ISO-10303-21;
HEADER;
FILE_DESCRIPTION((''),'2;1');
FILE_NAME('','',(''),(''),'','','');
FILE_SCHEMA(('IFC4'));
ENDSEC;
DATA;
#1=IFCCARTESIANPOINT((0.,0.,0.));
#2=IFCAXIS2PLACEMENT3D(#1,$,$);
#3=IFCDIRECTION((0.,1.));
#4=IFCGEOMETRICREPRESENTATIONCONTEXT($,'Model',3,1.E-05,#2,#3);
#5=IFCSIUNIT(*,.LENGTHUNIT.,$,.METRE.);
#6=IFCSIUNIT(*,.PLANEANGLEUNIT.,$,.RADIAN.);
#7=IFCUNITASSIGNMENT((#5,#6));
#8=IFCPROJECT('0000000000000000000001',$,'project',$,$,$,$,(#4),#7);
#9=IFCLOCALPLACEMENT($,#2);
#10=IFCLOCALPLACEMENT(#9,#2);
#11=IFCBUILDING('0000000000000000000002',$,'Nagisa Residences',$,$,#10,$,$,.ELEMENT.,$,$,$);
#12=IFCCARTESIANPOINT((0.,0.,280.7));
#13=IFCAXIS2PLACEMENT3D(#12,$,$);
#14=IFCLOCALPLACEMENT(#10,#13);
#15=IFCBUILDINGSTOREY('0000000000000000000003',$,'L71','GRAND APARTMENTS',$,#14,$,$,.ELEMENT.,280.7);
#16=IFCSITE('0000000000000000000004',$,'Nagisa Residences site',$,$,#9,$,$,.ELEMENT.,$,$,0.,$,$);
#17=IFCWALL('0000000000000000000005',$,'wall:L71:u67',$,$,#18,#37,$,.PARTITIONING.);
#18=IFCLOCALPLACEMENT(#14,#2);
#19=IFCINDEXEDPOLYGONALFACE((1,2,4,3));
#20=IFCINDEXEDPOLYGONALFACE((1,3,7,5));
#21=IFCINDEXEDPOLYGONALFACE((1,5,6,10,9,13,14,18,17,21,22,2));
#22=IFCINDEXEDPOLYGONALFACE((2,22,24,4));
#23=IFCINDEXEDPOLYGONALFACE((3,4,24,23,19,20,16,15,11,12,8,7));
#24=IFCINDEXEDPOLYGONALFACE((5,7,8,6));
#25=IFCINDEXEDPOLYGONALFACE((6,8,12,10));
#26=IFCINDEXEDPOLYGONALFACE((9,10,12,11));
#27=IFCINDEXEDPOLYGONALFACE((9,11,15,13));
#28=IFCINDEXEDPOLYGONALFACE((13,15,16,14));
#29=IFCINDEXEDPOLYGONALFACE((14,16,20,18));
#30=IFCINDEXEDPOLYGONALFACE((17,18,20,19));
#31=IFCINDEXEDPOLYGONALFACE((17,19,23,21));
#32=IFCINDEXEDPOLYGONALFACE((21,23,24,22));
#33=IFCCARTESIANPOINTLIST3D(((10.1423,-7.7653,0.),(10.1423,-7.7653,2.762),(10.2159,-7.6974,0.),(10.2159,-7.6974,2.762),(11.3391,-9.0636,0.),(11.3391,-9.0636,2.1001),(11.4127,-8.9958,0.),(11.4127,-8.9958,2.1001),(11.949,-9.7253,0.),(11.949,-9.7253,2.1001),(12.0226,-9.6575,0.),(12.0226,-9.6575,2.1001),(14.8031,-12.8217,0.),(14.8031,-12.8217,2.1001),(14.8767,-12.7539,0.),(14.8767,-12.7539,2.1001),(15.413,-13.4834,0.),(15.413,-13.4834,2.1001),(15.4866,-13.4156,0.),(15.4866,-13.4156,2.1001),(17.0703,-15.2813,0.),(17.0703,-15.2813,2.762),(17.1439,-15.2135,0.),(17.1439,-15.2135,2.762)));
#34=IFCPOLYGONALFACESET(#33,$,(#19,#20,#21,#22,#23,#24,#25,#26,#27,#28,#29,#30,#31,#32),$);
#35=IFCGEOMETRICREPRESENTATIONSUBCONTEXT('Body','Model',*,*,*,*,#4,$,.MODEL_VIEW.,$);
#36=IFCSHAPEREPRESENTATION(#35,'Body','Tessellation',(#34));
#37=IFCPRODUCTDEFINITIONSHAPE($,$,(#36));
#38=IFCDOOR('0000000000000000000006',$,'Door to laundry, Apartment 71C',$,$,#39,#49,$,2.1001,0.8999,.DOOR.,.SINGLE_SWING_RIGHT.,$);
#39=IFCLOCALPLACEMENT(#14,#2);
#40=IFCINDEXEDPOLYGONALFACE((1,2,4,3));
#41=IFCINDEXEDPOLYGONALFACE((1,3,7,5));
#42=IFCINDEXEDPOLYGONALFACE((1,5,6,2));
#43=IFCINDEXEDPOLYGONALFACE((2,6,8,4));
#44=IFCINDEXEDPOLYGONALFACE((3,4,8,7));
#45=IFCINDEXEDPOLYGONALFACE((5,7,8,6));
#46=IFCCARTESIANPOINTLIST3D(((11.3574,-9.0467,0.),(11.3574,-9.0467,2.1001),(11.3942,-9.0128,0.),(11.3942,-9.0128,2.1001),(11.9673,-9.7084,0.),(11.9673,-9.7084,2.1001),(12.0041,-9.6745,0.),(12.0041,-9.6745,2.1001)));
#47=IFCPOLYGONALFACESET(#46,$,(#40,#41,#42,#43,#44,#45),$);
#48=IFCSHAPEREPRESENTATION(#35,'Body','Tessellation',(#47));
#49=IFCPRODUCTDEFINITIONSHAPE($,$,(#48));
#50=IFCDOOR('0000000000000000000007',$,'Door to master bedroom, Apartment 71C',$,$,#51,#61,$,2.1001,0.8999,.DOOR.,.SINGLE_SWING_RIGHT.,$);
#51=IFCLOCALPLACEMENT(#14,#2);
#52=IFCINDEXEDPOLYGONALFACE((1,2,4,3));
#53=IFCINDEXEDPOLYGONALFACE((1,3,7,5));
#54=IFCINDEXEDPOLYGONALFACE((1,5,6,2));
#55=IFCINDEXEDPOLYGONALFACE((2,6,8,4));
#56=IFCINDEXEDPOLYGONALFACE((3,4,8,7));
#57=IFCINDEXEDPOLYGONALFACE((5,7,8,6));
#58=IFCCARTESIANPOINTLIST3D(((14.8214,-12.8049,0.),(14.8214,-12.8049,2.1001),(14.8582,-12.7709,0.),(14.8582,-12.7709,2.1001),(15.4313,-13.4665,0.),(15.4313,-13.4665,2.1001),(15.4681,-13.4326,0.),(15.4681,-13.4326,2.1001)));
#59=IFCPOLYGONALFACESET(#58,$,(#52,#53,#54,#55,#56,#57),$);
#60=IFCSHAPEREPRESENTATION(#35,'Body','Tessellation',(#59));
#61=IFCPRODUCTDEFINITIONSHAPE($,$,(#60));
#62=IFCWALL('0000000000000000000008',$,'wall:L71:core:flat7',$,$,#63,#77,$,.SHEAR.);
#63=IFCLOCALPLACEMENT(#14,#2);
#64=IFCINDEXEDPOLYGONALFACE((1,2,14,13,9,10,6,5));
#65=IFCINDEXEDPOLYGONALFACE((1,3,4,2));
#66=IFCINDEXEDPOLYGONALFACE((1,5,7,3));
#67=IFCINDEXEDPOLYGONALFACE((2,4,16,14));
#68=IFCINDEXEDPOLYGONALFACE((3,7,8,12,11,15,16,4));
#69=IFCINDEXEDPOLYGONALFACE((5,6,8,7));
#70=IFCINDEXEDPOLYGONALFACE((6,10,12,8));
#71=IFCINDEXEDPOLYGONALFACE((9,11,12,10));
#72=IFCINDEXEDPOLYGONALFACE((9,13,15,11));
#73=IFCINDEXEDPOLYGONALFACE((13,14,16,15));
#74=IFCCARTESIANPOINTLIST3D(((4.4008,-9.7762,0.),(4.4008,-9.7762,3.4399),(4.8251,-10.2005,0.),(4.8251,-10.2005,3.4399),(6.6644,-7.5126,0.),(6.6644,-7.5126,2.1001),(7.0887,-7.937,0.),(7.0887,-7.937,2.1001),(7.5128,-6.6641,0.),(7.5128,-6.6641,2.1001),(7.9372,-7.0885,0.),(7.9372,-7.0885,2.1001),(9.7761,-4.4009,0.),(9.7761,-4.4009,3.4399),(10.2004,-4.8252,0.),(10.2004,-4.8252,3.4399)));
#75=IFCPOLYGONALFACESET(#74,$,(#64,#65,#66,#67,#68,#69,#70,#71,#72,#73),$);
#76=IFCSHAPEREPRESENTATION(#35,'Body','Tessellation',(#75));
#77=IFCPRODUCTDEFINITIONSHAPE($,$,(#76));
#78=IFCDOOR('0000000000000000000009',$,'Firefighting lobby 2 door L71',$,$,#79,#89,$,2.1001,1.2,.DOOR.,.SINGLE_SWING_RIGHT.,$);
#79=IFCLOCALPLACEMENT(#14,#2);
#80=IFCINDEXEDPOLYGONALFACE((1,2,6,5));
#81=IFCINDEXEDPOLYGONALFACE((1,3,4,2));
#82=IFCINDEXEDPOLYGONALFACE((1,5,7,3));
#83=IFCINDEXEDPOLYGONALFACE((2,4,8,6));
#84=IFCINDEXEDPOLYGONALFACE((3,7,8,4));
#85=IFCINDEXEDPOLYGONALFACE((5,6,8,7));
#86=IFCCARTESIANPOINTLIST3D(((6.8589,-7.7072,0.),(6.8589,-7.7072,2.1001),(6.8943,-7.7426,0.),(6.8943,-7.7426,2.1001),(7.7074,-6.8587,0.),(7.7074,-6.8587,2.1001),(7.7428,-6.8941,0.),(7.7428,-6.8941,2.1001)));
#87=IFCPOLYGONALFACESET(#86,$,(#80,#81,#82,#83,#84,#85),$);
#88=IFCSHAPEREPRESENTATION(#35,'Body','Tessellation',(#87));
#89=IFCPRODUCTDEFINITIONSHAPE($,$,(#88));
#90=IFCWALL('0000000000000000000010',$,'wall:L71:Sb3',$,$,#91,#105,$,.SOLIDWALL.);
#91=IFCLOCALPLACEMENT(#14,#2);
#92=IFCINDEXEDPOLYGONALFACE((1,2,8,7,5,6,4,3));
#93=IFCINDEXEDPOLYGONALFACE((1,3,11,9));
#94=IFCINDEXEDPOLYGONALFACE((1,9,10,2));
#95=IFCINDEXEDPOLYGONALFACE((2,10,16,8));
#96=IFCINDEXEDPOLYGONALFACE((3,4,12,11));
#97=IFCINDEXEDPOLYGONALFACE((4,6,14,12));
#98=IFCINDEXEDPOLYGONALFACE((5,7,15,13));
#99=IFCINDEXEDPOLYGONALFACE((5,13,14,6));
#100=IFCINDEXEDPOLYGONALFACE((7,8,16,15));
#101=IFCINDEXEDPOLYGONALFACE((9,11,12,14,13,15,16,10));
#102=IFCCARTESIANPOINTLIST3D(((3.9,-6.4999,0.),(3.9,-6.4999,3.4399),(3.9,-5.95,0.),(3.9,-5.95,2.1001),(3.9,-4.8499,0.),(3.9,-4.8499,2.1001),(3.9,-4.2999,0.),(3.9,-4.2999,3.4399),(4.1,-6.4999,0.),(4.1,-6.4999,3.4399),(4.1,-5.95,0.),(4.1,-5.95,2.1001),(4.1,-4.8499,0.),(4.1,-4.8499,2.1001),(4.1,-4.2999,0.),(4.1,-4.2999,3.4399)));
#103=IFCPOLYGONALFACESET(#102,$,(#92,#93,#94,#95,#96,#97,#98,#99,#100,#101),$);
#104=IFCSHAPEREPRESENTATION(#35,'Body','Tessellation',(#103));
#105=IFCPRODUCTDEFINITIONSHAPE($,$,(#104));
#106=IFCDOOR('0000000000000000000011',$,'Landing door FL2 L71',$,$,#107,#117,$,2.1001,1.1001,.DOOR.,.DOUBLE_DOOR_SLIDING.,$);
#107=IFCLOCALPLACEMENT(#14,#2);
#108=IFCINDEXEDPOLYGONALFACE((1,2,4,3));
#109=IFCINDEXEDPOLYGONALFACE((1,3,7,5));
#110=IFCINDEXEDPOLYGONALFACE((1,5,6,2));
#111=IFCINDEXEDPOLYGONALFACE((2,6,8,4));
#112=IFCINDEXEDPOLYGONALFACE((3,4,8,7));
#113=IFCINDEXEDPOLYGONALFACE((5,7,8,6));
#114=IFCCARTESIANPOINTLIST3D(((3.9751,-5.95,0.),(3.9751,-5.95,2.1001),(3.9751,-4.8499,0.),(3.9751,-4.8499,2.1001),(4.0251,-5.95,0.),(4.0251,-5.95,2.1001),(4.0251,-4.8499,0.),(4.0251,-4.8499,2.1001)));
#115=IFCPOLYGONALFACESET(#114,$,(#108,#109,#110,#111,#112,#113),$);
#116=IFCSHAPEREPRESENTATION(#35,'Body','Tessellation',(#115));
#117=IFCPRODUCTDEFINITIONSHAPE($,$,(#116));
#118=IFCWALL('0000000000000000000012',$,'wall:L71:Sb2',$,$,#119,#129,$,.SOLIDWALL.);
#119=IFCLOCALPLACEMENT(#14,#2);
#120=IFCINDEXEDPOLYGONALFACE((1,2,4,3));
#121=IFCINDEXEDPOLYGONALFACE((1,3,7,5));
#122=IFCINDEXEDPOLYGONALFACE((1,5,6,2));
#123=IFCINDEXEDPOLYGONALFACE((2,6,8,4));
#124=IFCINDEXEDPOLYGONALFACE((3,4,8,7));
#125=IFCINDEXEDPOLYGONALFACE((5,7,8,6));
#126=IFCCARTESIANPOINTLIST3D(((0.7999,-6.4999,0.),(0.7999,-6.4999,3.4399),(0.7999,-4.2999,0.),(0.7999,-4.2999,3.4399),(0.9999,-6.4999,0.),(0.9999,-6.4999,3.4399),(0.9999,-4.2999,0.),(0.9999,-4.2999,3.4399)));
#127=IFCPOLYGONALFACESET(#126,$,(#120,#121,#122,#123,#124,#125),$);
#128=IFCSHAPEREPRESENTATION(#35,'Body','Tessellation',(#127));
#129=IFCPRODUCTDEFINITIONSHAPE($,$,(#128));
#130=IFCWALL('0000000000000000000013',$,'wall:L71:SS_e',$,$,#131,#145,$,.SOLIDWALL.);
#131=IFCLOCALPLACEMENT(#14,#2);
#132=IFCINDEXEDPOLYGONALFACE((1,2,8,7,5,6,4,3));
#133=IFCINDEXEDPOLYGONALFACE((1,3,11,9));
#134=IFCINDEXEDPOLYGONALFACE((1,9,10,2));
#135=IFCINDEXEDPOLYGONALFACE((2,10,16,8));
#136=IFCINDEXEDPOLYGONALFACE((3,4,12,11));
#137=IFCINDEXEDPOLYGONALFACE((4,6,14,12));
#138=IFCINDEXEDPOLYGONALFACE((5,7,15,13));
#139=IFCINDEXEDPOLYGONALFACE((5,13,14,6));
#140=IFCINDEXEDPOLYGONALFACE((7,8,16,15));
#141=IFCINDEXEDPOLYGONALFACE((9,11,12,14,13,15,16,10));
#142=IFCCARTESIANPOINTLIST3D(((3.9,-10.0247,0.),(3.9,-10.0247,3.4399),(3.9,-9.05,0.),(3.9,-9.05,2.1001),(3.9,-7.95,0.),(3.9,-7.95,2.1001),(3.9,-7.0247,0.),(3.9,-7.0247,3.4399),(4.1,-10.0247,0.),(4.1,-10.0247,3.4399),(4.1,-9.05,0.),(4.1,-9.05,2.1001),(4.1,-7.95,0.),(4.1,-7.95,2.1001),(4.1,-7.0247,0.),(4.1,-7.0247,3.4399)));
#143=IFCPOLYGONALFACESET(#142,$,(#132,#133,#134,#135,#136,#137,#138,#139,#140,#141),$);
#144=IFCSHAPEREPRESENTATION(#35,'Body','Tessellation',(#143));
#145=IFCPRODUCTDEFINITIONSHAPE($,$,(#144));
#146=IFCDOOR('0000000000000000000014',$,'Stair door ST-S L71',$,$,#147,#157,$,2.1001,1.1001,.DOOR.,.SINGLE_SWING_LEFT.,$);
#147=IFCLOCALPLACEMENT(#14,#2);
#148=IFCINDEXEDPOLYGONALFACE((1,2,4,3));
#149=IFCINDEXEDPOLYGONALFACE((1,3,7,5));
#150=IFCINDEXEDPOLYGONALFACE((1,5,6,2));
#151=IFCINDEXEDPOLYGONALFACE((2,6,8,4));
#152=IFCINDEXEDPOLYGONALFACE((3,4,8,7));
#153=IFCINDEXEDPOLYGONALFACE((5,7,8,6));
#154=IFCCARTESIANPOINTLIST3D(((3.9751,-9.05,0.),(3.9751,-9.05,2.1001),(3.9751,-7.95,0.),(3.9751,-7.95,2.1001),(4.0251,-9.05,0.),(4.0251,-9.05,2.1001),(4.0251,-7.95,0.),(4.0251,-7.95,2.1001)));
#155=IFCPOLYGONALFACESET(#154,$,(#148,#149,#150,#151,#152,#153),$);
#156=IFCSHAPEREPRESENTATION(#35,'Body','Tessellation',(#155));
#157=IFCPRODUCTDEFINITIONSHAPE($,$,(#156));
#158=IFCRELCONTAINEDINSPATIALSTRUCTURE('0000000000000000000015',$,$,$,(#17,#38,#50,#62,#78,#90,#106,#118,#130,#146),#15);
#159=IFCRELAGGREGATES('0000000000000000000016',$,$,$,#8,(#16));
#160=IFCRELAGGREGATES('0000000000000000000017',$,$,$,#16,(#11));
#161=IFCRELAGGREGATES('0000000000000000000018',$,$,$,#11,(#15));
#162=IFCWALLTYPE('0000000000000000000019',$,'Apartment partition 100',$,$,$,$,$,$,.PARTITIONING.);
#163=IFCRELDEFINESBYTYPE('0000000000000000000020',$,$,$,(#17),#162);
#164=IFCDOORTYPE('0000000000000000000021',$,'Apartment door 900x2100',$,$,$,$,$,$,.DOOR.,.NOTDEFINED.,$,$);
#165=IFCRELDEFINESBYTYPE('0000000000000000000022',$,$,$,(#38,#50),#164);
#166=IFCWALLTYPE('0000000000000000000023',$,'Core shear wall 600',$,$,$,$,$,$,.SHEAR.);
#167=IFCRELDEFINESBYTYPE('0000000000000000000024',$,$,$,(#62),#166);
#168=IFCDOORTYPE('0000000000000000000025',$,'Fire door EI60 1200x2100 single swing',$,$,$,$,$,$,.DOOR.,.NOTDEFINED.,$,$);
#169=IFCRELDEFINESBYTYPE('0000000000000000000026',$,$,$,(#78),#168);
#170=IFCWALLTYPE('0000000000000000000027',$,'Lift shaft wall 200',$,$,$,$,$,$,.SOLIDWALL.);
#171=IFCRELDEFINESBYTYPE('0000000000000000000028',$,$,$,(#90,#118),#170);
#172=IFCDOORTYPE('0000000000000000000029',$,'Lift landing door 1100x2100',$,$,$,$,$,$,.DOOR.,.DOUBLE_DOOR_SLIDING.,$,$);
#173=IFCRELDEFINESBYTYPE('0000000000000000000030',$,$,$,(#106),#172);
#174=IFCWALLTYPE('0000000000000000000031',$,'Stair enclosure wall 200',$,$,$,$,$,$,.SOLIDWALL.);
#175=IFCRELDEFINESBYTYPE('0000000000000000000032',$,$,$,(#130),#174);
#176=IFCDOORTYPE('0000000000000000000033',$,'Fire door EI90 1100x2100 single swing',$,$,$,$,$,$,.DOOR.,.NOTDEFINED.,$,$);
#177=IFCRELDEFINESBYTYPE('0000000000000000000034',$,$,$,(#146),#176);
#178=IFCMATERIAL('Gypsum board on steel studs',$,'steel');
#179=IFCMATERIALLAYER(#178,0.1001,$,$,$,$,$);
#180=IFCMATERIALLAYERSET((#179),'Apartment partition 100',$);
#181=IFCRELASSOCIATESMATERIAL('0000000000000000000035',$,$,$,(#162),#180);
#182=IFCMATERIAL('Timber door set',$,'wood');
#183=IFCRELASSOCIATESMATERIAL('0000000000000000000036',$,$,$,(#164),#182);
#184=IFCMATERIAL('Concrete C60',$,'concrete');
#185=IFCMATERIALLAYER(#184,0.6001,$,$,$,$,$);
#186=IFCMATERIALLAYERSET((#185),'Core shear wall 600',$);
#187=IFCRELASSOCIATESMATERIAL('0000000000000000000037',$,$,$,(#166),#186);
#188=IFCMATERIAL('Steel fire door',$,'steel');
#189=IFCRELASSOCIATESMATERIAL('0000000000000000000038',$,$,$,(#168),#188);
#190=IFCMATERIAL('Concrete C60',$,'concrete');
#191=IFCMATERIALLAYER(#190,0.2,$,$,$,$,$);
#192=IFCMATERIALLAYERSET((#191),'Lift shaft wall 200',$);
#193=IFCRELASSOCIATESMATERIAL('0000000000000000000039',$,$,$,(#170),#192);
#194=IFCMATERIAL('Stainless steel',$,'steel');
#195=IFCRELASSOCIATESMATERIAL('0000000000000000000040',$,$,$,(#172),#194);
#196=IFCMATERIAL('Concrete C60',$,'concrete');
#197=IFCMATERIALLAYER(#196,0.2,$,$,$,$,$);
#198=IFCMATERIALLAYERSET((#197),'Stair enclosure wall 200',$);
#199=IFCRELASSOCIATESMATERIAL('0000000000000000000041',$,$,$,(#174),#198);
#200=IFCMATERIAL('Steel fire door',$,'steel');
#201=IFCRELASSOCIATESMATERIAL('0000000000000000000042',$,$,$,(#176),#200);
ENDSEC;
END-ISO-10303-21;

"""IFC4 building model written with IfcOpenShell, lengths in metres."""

from ifc_helpers import new_model, si_unit, direction, frame, frame_2d, origin, place, context, subcontext, project, spatial, rectangle, extrude, material, layer, layer_set, type_object, element, fill, save


model = new_model("IFC4")

# Units and contexts
model_context = context("Model", 3, precision=1e-05, world=origin(), true_north=direction((0.0, 1.0)))
body_context = subcontext(model_context, "Body", "Model", "MODEL_VIEW")
ifc_project = project(units=[si_unit("LENGTHUNIT", "METRE"), si_unit("PLANEANGLEUNIT", "RADIAN")], contexts=[model_context])

# Site, building, storey
site_placement = place(None, origin())
site = spatial("IfcSite", under=ifc_project, at=site_placement, Name="Nagisa Residences site", CompositionType="ELEMENT", RefElevation=0.0)
building_placement = place(site_placement, origin())
building = spatial("IfcBuilding", under=site, at=building_placement, Name="Nagisa Residences", CompositionType="ELEMENT")
storey_placement = place(building_placement, frame((0.0, 0.0, 280.7)))
storey = spatial("IfcBuildingStorey", under=building, at=storey_placement, Name="L71", Description="GRAND APARTMENTS", CompositionType="ELEMENT", Elevation=280.7)

# Shared definitions
ifc_material_1 = material(Name="Gypsum board on steel studs", Category="steel")
ifc_layer_1 = layer(ifc_material_1, 0.1001)
ifc_layer_set_1 = layer_set([ifc_layer_1], Name="Apartment partition 100")
wall_type_1 = type_object("IfcWallType", Name="Apartment partition 100", PredefinedType="PARTITIONING", material=ifc_layer_set_1)
ifc_material_2 = material(Name="Timber door set", Category="wood")
door_type_1 = type_object("IfcDoorType", Name="Apartment door 900x2100", OperationType="NOTDEFINED", PredefinedType="DOOR", material=ifc_material_2)

# Wall, openings, doors
wall_1_placement = place(storey_placement, frame((10.1792, -7.7314, 0.0), z_axis=(0.0, 0.0, 1.0), x_axis=(0.677753, -0.735289, 0.0)))
wall_1 = element("IfcWall", 1, at=wall_1_placement, inside=storey, type_object=wall_type_1, Name="wall:L71:u67", PredefinedType="PARTITIONING", context=body_context, shape_type="SweptSolid", body=[
    extrude(rectangle(XDim=10.2219, YDim=0.1001, at=frame_2d((5.1108, 0.0))), origin(), (0.0, 0.0, 1.0), 2.762),
])
opening_1_placement = place(wall_1_placement, frame((1.7656, 0.0, 0.0)))
opening_1 = element("IfcOpeningElement", 2, at=opening_1_placement, cuts=wall_1, PredefinedType="OPENING", context=body_context, shape_type="SweptSolid", body=[
    extrude(rectangle(XDim=0.8999, YDim=2.1001, at=frame_2d((0.45, 1.05))), frame((0.0, 0.0601, 0.0), z_axis=(0.0, -1.0, 0.0), x_axis=(1.0, 0.0, 0.0)), (0.0, 0.0, 1.0), 0.1201),
])
opening_2_placement = place(wall_1_placement, frame((6.8767, 0.0, 0.0)))
opening_2 = element("IfcOpeningElement", 3, at=opening_2_placement, cuts=wall_1, PredefinedType="OPENING", context=body_context, shape_type="SweptSolid", body=[
    extrude(rectangle(XDim=0.8999, YDim=2.1001, at=frame_2d((0.45, 1.05))), frame((0.0, 0.0601, 0.0), z_axis=(0.0, -1.0, 0.0), x_axis=(1.0, 0.0, 0.0)), (0.0, 0.0, 1.0), 0.1201),
])
door_1_placement = place(opening_1_placement, origin())
door_1 = element("IfcDoor", 4, at=door_1_placement, inside=storey, type_object=door_type_1, Name="Door to laundry, Apartment 71C", OperationType="SINGLE_SWING_RIGHT", OverallHeight=2.1001, OverallWidth=0.8999, PredefinedType="DOOR", context=body_context, shape_type="SweptSolid", body=[
    extrude(rectangle(XDim=0.8999, YDim=2.1001, at=frame_2d((0.45, 1.05))), frame((0.0, 0.0249, 0.0), z_axis=(0.0, -1.0, 0.0), x_axis=(1.0, 0.0, 0.0)), (0.0, 0.0, 1.0), 0.05),
])
fill(opening_1, door_1)
door_2_placement = place(opening_2_placement, origin())
door_2 = element("IfcDoor", 5, at=door_2_placement, inside=storey, type_object=door_type_1, Name="Door to master bedroom, Apartment 71C", OperationType="SINGLE_SWING_RIGHT", OverallHeight=2.1001, OverallWidth=0.8999, PredefinedType="DOOR", context=body_context, shape_type="SweptSolid", body=[
    extrude(rectangle(XDim=0.8999, YDim=2.1001, at=frame_2d((0.45, 1.05))), frame((0.0, 0.0249, 0.0), z_axis=(0.0, -1.0, 0.0), x_axis=(1.0, 0.0, 0.0)), (0.0, 0.0, 1.0), 0.05),
])
fill(opening_2, door_2)

# Walls, openings, doors
ifc_material_3 = material(Name="Concrete C60", Category="concrete")
ifc_layer_2 = layer(ifc_material_3, 0.6001)
ifc_layer_set_2 = layer_set([ifc_layer_2], Name="Core shear wall 600")
wall_type_2 = type_object("IfcWallType", Name="Core shear wall 600", PredefinedType="SHEAR", material=ifc_layer_set_2)
wall_2_placement = place(storey_placement, frame((4.613, -9.9883, 0.0), z_axis=(0.0, 0.0, 1.0), x_axis=(0.707107, 0.707107, 0.0)))
wall_2 = element("IfcWall", 6, at=wall_2_placement, inside=storey, type_object=wall_type_2, Name="wall:L71:core:flat7", PredefinedType="SHEAR", context=body_context, shape_type="SweptSolid", body=[
    extrude(rectangle(XDim=7.6018, YDim=0.6001, at=frame_2d((3.8008, 0.0))), origin(), (0.0, 0.0, 1.0), 3.4399),
])
opening_3_placement = place(wall_2_placement, frame((3.2009, 0.0, 0.0)))
opening_3 = element("IfcOpeningElement", 7, at=opening_3_placement, cuts=wall_2, PredefinedType="OPENING", context=body_context, shape_type="SweptSolid", body=[
    extrude(rectangle(XDim=1.2, YDim=2.1001, at=frame_2d((0.6001, 1.05))), frame((0.0, 0.3101, 0.0), z_axis=(0.0, -1.0, 0.0), x_axis=(1.0, 0.0, 0.0)), (0.0, 0.0, 1.0), 0.6201),
])
ifc_material_4 = material(Name="Steel fire door", Category="steel")
door_type_2 = type_object("IfcDoorType", Name="Fire door EI60 1200x2100 single swing", OperationType="NOTDEFINED", PredefinedType="DOOR", material=ifc_material_4)
door_3_placement = place(opening_3_placement, origin())
door_3 = element("IfcDoor", 8, at=door_3_placement, inside=storey, type_object=door_type_2, Name="Firefighting lobby 2 door L71", OperationType="SINGLE_SWING_RIGHT", OverallHeight=2.1001, OverallWidth=1.2, PredefinedType="DOOR", context=body_context, shape_type="SweptSolid", body=[
    extrude(rectangle(XDim=1.2, YDim=2.1001, at=frame_2d((0.6001, 1.05))), frame((0.0, 0.0249, 0.0), z_axis=(0.0, -1.0, 0.0), x_axis=(1.0, 0.0, 0.0)), (0.0, 0.0, 1.0), 0.05),
])
fill(opening_3, door_3)
ifc_material_5 = material(Name="Concrete C60", Category="concrete")
ifc_layer_3 = layer(ifc_material_5, 0.2)
ifc_layer_set_3 = layer_set([ifc_layer_3], Name="Lift shaft wall 200")
wall_type_3 = type_object("IfcWallType", Name="Lift shaft wall 200", PredefinedType="SOLIDWALL", material=ifc_layer_set_3)
wall_3_placement = place(storey_placement, frame((4.0, -6.5, 0.0), z_axis=(0.0, 0.0, 1.0), x_axis=(0.0, 1.0, 0.0)))
wall_3 = element("IfcWall", 9, at=wall_3_placement, inside=storey, type_object=wall_type_3, Name="wall:L71:Sb3", PredefinedType="SOLIDWALL", context=body_context, shape_type="SweptSolid", body=[
    extrude(rectangle(XDim=2.2, YDim=0.2, at=frame_2d((1.1001, 0.0))), origin(), (0.0, 0.0, 1.0), 3.4399),
])
opening_4_placement = place(wall_3_placement, frame((0.55, 0.0, 0.0)))
opening_4 = element("IfcOpeningElement", 10, at=opening_4_placement, cuts=wall_3, PredefinedType="OPENING", context=body_context, shape_type="SweptSolid", body=[
    extrude(rectangle(XDim=1.1001, YDim=2.1001, at=frame_2d((0.55, 1.05))), frame((0.0, 0.1099, 0.0), z_axis=(0.0, -1.0, 0.0), x_axis=(1.0, 0.0, 0.0)), (0.0, 0.0, 1.0), 0.22),
])
ifc_material_6 = material(Name="Stainless steel", Category="steel")
door_type_3 = type_object("IfcDoorType", Name="Lift landing door 1100x2100", OperationType="DOUBLE_DOOR_SLIDING", PredefinedType="DOOR", material=ifc_material_6)
door_4_placement = place(opening_4_placement, origin())
door_4 = element("IfcDoor", 11, at=door_4_placement, inside=storey, type_object=door_type_3, Name="Landing door FL2 L71", OperationType="DOUBLE_DOOR_SLIDING", OverallHeight=2.1001, OverallWidth=1.1001, PredefinedType="DOOR", context=body_context, shape_type="SweptSolid", body=[
    extrude(rectangle(XDim=1.1001, YDim=2.1001, at=frame_2d((0.55, 1.05))), frame((0.0, 0.0249, 0.0), z_axis=(0.0, -1.0, 0.0), x_axis=(1.0, 0.0, 0.0)), (0.0, 0.0, 1.0), 0.05),
])
fill(opening_4, door_4)

# Wall
wall_4_placement = place(storey_placement, frame((0.8999, -6.5, 0.0), z_axis=(0.0, 0.0, 1.0), x_axis=(0.0, 1.0, 0.0)))
element("IfcWall", 12, at=wall_4_placement, inside=storey, type_object=wall_type_3, Name="wall:L71:Sb2", PredefinedType="SOLIDWALL", context=body_context, shape_type="SweptSolid", body=[
    extrude(rectangle(XDim=2.2, YDim=0.2, at=frame_2d((1.1001, 0.0))), origin(), (0.0, 0.0, 1.0), 3.4399),
])

# Wall, opening, door
ifc_material_7 = material(Name="Concrete C60", Category="concrete")
ifc_layer_4 = layer(ifc_material_7, 0.2)
ifc_layer_set_4 = layer_set([ifc_layer_4], Name="Stair enclosure wall 200")
wall_type_4 = type_object("IfcWallType", Name="Stair enclosure wall 200", PredefinedType="SOLIDWALL", material=ifc_layer_set_4)
wall_5_placement = place(storey_placement, frame((4.0, -10.0247, 0.0), z_axis=(0.0, 0.0, 1.0), x_axis=(0.0, 1.0, 0.0)))
wall_5 = element("IfcWall", 13, at=wall_5_placement, inside=storey, type_object=wall_type_4, Name="wall:L71:SS_e", PredefinedType="SOLIDWALL", context=body_context, shape_type="SweptSolid", body=[
    extrude(rectangle(XDim=3.0, YDim=0.2, at=frame_2d((1.5, 0.0))), origin(), (0.0, 0.0, 1.0), 3.4399),
])
opening_5_placement = place(wall_5_placement, frame((0.9746, 0.0, 0.0)))
opening_5 = element("IfcOpeningElement", 14, at=opening_5_placement, cuts=wall_5, PredefinedType="OPENING", context=body_context, shape_type="SweptSolid", body=[
    extrude(rectangle(XDim=1.1001, YDim=2.1001, at=frame_2d((0.55, 1.05))), frame((0.0, 0.1099, 0.0), z_axis=(0.0, -1.0, 0.0), x_axis=(1.0, 0.0, 0.0)), (0.0, 0.0, 1.0), 0.22),
])
ifc_material_8 = material(Name="Steel fire door", Category="steel")
door_type_4 = type_object("IfcDoorType", Name="Fire door EI90 1100x2100 single swing", OperationType="NOTDEFINED", PredefinedType="DOOR", material=ifc_material_8)
door_5_placement = place(opening_5_placement, origin())
door_5 = element("IfcDoor", 15, at=door_5_placement, inside=storey, type_object=door_type_4, Name="Stair door ST-S L71", OperationType="SINGLE_SWING_LEFT", OverallHeight=2.1001, OverallWidth=1.1001, PredefinedType="DOOR", context=body_context, shape_type="SweptSolid", body=[
    extrude(rectangle(XDim=1.1001, YDim=2.1001, at=frame_2d((0.55, 1.05))), frame((0.0, 0.0249, 0.0), z_axis=(0.0, -1.0, 0.0), x_axis=(1.0, 0.0, 0.0)), (0.0, 0.0, 1.0), 0.05),
])
fill(opening_5, door_5)

save(model, "model.ifc")
